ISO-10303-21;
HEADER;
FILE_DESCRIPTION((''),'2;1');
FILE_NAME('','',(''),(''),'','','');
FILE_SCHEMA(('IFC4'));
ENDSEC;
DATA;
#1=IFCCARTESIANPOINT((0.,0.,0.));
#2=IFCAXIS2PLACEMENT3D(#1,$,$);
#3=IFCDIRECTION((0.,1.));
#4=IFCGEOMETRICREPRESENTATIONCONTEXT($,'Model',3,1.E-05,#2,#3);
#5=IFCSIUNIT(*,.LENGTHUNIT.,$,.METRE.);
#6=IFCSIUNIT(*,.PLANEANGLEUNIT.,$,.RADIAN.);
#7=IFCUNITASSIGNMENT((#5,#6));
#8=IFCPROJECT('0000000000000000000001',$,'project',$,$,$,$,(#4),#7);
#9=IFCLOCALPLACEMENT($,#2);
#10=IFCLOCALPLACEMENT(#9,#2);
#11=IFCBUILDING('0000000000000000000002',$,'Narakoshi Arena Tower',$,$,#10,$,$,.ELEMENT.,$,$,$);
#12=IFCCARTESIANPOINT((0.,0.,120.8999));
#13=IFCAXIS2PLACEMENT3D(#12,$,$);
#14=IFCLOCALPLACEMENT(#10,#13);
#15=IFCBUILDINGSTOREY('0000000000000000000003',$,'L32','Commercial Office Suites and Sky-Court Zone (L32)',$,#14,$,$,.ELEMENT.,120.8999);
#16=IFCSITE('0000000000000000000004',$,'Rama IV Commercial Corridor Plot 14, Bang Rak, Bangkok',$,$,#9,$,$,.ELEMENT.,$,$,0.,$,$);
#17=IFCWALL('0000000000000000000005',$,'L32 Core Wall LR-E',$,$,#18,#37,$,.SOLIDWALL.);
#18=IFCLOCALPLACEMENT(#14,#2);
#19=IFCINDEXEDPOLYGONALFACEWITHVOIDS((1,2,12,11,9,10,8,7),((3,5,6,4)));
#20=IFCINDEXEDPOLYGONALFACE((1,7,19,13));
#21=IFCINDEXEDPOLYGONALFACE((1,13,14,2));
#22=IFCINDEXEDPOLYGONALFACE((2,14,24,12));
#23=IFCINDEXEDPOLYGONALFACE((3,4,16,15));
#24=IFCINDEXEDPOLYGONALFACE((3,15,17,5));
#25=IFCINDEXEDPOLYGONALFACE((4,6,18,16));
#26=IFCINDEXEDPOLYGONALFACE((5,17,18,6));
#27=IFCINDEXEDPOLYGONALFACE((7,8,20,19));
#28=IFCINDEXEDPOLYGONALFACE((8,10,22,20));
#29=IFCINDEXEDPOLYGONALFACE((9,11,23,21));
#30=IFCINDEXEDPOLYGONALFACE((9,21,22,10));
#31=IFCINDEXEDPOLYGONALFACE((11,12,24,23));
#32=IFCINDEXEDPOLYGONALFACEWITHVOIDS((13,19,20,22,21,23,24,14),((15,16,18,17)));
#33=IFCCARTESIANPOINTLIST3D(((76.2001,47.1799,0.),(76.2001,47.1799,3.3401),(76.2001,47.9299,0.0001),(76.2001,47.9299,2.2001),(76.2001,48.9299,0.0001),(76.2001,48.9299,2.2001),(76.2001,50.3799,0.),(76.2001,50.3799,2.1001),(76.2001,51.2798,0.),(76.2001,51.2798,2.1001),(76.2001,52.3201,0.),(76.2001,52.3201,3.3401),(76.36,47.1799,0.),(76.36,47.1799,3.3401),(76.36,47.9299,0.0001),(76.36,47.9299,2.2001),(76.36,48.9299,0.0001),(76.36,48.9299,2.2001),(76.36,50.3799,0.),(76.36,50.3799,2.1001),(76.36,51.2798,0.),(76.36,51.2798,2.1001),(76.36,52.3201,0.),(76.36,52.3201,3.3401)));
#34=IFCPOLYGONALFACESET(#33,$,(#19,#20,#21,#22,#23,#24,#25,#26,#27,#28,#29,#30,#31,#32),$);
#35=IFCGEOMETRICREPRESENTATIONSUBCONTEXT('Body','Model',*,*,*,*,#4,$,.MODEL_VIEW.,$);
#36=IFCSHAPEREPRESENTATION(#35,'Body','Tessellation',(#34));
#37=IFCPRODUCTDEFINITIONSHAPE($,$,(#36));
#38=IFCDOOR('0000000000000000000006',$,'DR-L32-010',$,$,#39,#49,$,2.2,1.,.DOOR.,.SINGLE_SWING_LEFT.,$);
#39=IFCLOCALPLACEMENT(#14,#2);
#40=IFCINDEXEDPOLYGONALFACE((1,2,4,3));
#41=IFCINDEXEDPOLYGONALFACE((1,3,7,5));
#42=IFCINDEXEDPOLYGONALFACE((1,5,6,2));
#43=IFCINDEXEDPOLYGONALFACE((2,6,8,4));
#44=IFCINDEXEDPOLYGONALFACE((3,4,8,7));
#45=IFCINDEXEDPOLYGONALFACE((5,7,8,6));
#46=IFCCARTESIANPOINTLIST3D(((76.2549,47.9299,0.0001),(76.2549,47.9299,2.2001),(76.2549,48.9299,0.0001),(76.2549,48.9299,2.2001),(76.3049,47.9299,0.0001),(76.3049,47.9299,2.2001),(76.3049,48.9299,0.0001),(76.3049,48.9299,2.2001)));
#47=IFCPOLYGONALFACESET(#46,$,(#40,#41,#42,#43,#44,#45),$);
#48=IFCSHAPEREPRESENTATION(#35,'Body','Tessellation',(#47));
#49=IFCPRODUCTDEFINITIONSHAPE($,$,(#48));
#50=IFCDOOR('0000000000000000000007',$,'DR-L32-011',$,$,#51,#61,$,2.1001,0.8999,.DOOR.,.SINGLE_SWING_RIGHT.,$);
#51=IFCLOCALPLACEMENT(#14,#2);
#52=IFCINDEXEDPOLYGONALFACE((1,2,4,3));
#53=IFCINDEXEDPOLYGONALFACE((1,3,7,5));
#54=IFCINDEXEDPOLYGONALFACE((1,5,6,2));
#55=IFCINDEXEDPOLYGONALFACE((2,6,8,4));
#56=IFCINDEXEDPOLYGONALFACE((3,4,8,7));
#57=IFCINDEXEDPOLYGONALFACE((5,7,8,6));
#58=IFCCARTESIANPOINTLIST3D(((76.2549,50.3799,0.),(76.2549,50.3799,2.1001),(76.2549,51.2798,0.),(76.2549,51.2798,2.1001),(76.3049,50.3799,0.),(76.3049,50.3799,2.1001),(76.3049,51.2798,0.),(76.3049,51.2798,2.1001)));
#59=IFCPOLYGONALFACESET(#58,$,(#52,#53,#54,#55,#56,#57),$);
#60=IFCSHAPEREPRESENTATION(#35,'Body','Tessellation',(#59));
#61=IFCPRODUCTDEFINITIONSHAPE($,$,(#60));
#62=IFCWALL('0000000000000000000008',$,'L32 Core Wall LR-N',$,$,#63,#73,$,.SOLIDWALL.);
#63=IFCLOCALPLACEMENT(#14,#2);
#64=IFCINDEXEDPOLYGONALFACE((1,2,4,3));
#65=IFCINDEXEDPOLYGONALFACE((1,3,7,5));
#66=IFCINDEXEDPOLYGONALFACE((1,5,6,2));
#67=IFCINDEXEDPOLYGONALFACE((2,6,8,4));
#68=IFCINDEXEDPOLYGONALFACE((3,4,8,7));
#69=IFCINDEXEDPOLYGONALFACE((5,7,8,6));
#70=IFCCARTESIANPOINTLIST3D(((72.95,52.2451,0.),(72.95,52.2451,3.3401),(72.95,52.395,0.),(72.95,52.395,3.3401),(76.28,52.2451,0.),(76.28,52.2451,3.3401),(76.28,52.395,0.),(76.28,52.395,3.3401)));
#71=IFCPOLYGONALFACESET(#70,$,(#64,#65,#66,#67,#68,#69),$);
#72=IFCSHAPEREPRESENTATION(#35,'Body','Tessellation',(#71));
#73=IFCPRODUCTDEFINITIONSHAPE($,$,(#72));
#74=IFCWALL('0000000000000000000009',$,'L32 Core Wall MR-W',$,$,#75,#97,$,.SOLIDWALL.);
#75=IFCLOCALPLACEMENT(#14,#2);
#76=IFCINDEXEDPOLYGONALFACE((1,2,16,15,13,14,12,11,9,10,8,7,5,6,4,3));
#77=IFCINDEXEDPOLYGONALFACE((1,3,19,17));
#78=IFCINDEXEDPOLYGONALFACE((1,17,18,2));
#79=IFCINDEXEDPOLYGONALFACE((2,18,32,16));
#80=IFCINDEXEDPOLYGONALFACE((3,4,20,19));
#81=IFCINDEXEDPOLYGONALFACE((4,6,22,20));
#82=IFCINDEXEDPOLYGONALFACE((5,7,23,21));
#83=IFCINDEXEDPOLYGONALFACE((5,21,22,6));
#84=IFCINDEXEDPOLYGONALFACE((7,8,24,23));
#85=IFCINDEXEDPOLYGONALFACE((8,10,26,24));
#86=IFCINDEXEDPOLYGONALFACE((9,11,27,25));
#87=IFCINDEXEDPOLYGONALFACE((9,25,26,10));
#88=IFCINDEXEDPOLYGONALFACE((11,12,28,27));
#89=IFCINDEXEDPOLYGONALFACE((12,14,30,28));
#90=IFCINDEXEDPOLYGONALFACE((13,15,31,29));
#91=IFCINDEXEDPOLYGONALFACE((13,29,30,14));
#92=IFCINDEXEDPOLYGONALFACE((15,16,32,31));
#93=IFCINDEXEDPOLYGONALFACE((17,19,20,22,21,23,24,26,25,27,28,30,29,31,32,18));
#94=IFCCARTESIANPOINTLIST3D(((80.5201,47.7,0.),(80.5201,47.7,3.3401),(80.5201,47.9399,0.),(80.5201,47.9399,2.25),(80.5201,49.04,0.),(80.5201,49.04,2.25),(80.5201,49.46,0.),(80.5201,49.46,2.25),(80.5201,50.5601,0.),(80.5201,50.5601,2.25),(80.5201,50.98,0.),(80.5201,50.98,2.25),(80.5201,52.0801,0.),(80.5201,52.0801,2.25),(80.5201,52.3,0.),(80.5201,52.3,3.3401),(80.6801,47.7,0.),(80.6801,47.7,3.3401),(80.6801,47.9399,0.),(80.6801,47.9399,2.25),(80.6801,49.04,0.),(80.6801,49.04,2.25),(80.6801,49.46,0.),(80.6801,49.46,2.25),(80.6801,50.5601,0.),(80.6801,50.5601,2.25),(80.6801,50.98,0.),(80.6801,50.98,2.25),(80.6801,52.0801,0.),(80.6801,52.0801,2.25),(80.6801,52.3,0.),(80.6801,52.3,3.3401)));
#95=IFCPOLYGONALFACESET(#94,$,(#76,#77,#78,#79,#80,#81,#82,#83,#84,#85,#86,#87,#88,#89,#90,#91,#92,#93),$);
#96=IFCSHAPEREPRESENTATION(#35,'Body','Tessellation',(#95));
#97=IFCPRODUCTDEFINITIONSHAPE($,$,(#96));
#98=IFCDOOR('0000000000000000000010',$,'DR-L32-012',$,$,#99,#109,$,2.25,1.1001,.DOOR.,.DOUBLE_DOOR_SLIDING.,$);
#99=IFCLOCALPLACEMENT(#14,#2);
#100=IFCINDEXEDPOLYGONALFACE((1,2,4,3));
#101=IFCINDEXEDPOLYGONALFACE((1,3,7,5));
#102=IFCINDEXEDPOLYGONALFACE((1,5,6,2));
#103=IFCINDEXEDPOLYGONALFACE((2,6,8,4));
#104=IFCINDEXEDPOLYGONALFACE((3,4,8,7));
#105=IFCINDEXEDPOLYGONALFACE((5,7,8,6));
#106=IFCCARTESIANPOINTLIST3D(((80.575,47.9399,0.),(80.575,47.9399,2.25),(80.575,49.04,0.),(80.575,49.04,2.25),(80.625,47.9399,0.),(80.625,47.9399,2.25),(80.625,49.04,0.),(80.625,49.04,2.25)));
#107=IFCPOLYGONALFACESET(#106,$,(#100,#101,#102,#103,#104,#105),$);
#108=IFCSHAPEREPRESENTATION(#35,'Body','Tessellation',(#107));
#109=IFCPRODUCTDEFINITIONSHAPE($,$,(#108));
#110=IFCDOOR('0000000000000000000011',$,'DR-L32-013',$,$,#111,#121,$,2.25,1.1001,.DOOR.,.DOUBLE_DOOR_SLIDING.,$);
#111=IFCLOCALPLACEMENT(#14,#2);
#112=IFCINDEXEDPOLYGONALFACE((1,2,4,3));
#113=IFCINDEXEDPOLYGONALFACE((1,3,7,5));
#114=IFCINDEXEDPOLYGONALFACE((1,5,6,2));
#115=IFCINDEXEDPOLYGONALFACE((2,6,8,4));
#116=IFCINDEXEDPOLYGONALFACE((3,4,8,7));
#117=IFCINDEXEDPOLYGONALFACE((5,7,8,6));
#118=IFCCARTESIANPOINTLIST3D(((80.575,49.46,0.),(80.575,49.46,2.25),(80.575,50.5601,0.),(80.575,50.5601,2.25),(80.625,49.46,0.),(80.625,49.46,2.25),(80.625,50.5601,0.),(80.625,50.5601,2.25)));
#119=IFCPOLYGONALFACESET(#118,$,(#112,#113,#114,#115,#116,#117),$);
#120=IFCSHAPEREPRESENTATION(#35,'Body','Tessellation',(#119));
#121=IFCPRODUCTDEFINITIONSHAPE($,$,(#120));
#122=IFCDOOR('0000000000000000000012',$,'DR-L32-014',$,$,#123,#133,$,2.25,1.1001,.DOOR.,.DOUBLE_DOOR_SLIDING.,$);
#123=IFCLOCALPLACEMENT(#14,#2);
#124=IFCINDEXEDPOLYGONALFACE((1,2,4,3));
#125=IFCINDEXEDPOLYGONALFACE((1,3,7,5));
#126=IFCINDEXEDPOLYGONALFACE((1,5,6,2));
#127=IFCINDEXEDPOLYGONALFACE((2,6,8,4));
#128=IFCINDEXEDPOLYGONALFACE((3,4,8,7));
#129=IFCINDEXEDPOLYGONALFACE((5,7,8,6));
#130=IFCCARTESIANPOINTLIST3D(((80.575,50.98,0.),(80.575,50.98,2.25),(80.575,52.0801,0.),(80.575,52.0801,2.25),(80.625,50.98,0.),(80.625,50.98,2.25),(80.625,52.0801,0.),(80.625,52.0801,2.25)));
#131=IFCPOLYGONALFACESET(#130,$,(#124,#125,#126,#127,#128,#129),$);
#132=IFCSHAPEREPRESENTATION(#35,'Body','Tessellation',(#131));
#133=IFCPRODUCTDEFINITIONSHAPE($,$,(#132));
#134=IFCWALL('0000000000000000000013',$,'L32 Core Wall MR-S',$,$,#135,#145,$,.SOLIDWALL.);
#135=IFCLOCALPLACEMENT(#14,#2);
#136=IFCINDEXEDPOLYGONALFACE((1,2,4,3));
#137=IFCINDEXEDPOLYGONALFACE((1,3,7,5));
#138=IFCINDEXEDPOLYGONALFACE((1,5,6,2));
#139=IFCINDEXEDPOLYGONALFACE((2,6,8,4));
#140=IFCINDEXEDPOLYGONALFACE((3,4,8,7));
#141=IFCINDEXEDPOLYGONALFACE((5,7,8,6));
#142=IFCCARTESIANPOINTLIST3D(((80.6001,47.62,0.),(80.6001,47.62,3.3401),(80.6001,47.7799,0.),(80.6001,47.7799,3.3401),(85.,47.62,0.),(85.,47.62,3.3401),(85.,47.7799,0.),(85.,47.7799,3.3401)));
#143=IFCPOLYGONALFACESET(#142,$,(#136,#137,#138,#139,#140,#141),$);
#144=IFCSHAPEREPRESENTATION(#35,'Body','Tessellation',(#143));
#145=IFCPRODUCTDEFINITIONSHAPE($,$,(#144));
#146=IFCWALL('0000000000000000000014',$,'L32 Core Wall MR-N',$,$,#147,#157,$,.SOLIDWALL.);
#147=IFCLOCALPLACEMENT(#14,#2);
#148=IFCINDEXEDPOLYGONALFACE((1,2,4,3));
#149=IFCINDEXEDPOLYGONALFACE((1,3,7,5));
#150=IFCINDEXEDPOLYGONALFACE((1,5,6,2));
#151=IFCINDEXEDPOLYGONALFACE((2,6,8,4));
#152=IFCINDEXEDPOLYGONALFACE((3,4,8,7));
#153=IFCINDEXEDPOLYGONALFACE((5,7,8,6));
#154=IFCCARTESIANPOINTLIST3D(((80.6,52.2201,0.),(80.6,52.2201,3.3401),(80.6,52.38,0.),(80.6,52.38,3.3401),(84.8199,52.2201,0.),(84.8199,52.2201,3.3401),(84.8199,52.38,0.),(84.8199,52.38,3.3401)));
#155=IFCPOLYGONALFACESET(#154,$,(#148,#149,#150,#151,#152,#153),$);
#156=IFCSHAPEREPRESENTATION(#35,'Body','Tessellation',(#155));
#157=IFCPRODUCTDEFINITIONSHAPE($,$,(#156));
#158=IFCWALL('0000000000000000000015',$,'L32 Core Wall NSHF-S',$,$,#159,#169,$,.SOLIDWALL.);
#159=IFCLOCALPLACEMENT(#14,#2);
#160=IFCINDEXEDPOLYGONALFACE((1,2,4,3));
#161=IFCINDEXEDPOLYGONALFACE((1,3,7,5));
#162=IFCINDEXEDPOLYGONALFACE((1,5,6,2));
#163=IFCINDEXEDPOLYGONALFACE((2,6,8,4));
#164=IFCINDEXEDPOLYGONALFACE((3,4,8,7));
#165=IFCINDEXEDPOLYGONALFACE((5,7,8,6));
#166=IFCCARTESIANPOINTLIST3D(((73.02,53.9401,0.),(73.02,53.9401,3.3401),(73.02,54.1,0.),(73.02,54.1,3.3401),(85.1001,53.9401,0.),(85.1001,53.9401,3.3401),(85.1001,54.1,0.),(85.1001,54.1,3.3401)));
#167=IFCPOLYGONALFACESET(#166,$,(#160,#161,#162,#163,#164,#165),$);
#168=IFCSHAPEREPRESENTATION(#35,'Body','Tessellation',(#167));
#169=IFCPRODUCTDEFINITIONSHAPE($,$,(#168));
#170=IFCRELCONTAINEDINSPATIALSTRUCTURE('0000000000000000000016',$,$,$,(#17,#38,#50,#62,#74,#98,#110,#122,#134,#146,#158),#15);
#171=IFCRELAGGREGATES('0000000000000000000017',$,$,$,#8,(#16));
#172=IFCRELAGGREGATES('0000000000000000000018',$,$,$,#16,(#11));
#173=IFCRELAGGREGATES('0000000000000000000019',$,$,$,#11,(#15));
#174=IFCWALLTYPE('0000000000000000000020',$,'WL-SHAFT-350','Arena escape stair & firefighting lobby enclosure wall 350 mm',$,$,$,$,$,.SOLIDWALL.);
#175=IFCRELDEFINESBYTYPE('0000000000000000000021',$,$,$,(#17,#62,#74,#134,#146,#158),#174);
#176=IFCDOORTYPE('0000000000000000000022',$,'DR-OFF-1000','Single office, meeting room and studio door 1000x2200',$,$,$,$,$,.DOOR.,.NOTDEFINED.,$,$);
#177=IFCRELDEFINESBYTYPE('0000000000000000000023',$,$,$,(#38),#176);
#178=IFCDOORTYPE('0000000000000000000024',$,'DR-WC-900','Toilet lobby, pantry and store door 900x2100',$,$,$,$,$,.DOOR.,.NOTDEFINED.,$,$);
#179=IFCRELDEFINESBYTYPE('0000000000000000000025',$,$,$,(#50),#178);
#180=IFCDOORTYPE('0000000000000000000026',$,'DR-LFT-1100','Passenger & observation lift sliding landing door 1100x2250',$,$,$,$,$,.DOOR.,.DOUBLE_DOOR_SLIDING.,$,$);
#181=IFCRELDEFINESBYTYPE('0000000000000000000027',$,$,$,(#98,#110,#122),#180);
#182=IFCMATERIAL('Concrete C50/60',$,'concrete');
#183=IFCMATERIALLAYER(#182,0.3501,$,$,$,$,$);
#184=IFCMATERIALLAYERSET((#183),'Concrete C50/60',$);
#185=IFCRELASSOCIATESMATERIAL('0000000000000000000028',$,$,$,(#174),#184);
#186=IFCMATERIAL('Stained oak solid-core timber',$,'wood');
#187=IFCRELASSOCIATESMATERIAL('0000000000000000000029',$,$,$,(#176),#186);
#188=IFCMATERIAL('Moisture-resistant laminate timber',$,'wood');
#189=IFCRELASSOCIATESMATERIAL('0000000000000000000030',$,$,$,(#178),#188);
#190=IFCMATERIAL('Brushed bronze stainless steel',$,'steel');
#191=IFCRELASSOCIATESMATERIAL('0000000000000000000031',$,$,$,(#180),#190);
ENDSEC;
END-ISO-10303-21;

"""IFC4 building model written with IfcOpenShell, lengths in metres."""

from ifc_helpers import new_model, si_unit, direction, frame, frame_2d, origin, place, context, subcontext, project, spatial, rectangle, extrude, material, layer, layer_set, type_object, element, fill, save


model = new_model("IFC4")

# Units and contexts
model_context = context("Model", 3, precision=1e-05, world=origin(), true_north=direction((0.0, 1.0)))
body_context = subcontext(model_context, "Body", "Model", "MODEL_VIEW")
ifc_project = project(units=[si_unit("LENGTHUNIT", "METRE"), si_unit("PLANEANGLEUNIT", "RADIAN")], contexts=[model_context])

# Site, building, storey
site_placement = place(None, origin())
site = spatial("IfcSite", under=ifc_project, at=site_placement, Name="Rama IV Commercial Corridor Plot 14, Bang Rak, Bangkok", CompositionType="ELEMENT", RefElevation=0.0)
building_placement = place(site_placement, origin())
building = spatial("IfcBuilding", under=site, at=building_placement, Name="Narakoshi Arena Tower", CompositionType="ELEMENT")
storey_placement = place(building_placement, frame((0.0, 0.0, 120.8999)))
storey = spatial("IfcBuildingStorey", under=building, at=storey_placement, Name="L32", Description="Commercial Office Suites and Sky-Court Zone (L32)", CompositionType="ELEMENT", Elevation=120.8999)

# Shared definitions
ifc_material_1 = material(Name="Concrete C50/60", Category="concrete")
ifc_layer_1 = layer(ifc_material_1, 0.3501)
ifc_layer_set_1 = layer_set([ifc_layer_1], Name="Concrete C50/60")
wall_type_1 = type_object("IfcWallType", Name="WL-SHAFT-350", Description="Arena escape stair & firefighting lobby enclosure wall 350 mm", PredefinedType="SOLIDWALL", material=ifc_layer_set_1)

# Wall, openings, doors
wall_1_placement = place(storey_placement, frame((76.28, 47.1799, 0.0), z_axis=(0.0, 0.0, 1.0), x_axis=(0.0, 1.0, 0.0)))
wall_1 = element("IfcWall", 1, at=wall_1_placement, inside=storey, type_object=wall_type_1, Name="L32 Core Wall LR-E", PredefinedType="SOLIDWALL", context=body_context, shape_type="SweptSolid", body=[
    extrude(rectangle(XDim=5.1401, YDim=0.1599, at=frame_2d((2.5701, 0.0))), origin(), (0.0, 0.0, 1.0), 3.3401),
])
opening_1_placement = place(wall_1_placement, frame((0.75, 0.0, 0.0)))
opening_1 = element("IfcOpeningElement", 2, at=opening_1_placement, cuts=wall_1, PredefinedType="OPENING", context=body_context, shape_type="SweptSolid", body=[
    extrude(rectangle(XDim=1.0, YDim=2.2, at=frame_2d((0.5, 1.1001))), frame((0.0, 0.0898, 0.0), z_axis=(0.0, -1.0, 0.0), x_axis=(1.0, 0.0, 0.0)), (0.0, 0.0, 1.0), 0.1799),
])
opening_2_placement = place(wall_1_placement, frame((3.2, 0.0, 0.0)))
opening_2 = element("IfcOpeningElement", 3, at=opening_2_placement, cuts=wall_1, PredefinedType="OPENING", context=body_context, shape_type="SweptSolid", body=[
    extrude(rectangle(XDim=0.8999, YDim=2.1001, at=frame_2d((0.45, 1.05))), frame((0.0, 0.0898, 0.0), z_axis=(0.0, -1.0, 0.0), x_axis=(1.0, 0.0, 0.0)), (0.0, 0.0, 1.0), 0.1799),
])
ifc_material_2 = material(Name="Stained oak solid-core timber", Category="wood")
door_type_1 = type_object("IfcDoorType", Name="DR-OFF-1000", Description="Single office, meeting room and studio door 1000x2200", OperationType="NOTDEFINED", PredefinedType="DOOR", material=ifc_material_2)
door_1_placement = place(opening_1_placement, frame((1.0, 0.0, 0.0), z_axis=(0.0, 0.0, 1.0), x_axis=(-1.0, 0.0, 0.0)))
door_1 = element("IfcDoor", 4, at=door_1_placement, inside=storey, type_object=door_type_1, Name="DR-L32-010", OperationType="SINGLE_SWING_LEFT", OverallHeight=2.2, OverallWidth=1.0, PredefinedType="DOOR", context=body_context, shape_type="SweptSolid", body=[
    extrude(rectangle(XDim=1.0, YDim=2.2, at=frame_2d((0.5, 1.1001))), frame((0.0, 0.0249, 0.0), z_axis=(0.0, -1.0, 0.0), x_axis=(1.0, 0.0, 0.0)), (0.0, 0.0, 1.0), 0.05),
])
fill(opening_1, door_1)
ifc_material_3 = material(Name="Moisture-resistant laminate timber", Category="wood")
door_type_2 = type_object("IfcDoorType", Name="DR-WC-900", Description="Toilet lobby, pantry and store door 900x2100", OperationType="NOTDEFINED", PredefinedType="DOOR", material=ifc_material_3)
door_2_placement = place(opening_2_placement, frame((0.8999, 0.0, 0.0), z_axis=(0.0, 0.0, 1.0), x_axis=(-1.0, 0.0, 0.0)))
door_2 = element("IfcDoor", 5, at=door_2_placement, inside=storey, type_object=door_type_2, Name="DR-L32-011", OperationType="SINGLE_SWING_RIGHT", OverallHeight=2.1001, OverallWidth=0.8999, PredefinedType="DOOR", context=body_context, shape_type="SweptSolid", body=[
    extrude(rectangle(XDim=0.8999, YDim=2.1001, at=frame_2d((0.45, 1.05))), frame((0.0, 0.0249, 0.0), z_axis=(0.0, -1.0, 0.0), x_axis=(1.0, 0.0, 0.0)), (0.0, 0.0, 1.0), 0.05),
])
fill(opening_2, door_2)

# Wall
wall_2_placement = place(storey_placement, frame((72.95, 52.3201, 0.0), z_axis=(0.0, 0.0, 1.0), x_axis=(1.0, 0.0, 0.0)))
element("IfcWall", 6, at=wall_2_placement, inside=storey, type_object=wall_type_1, Name="L32 Core Wall LR-N", PredefinedType="SOLIDWALL", context=body_context, shape_type="SweptSolid", body=[
    extrude(rectangle(XDim=3.3301, YDim=0.1499, at=frame_2d((1.665, 0.0))), origin(), (0.0, 0.0, 1.0), 3.3401),
])

# Wall, openings, doors
wall_3_placement = place(storey_placement, frame((80.6001, 47.7, 0.0), z_axis=(0.0, 0.0, 1.0), x_axis=(0.0, 1.0, 0.0)))
wall_3 = element("IfcWall", 7, at=wall_3_placement, inside=storey, type_object=wall_type_1, Name="L32 Core Wall MR-W", PredefinedType="SOLIDWALL", context=body_context, shape_type="SweptSolid", body=[
    extrude(rectangle(XDim=4.6001, YDim=0.1599, at=frame_2d((2.3, 0.0))), origin(), (0.0, 0.0, 1.0), 3.3401),
])
opening_3_placement = place(wall_3_placement, frame((0.24, 0.0, 0.0)))
opening_3 = element("IfcOpeningElement", 8, at=opening_3_placement, cuts=wall_3, PredefinedType="OPENING", context=body_context, shape_type="SweptSolid", body=[
    extrude(rectangle(XDim=1.1001, YDim=2.25, at=frame_2d((0.55, 1.125))), frame((0.0, 0.0898, 0.0), z_axis=(0.0, -1.0, 0.0), x_axis=(1.0, 0.0, 0.0)), (0.0, 0.0, 1.0), 0.1799),
])
opening_4_placement = place(wall_3_placement, frame((1.76, 0.0, 0.0)))
opening_4 = element("IfcOpeningElement", 9, at=opening_4_placement, cuts=wall_3, PredefinedType="OPENING", context=body_context, shape_type="SweptSolid", body=[
    extrude(rectangle(XDim=1.1001, YDim=2.25, at=frame_2d((0.55, 1.125))), frame((0.0, 0.0898, 0.0), z_axis=(0.0, -1.0, 0.0), x_axis=(1.0, 0.0, 0.0)), (0.0, 0.0, 1.0), 0.1799),
])
opening_5_placement = place(wall_3_placement, frame((3.28, 0.0, 0.0)))
opening_5 = element("IfcOpeningElement", 10, at=opening_5_placement, cuts=wall_3, PredefinedType="OPENING", context=body_context, shape_type="SweptSolid", body=[
    extrude(rectangle(XDim=1.1001, YDim=2.25, at=frame_2d((0.55, 1.125))), frame((0.0, 0.0898, 0.0), z_axis=(0.0, -1.0, 0.0), x_axis=(1.0, 0.0, 0.0)), (0.0, 0.0, 1.0), 0.1799),
])
ifc_material_4 = material(Name="Brushed bronze stainless steel", Category="steel")
door_type_3 = type_object("IfcDoorType", Name="DR-LFT-1100", Description="Passenger & observation lift sliding landing door 1100x2250", OperationType="DOUBLE_DOOR_SLIDING", PredefinedType="DOOR", material=ifc_material_4)
door_3_placement = place(opening_3_placement, frame((1.1001, 0.0, 0.0), z_axis=(0.0, 0.0, 1.0), x_axis=(-1.0, 0.0, 0.0)))
door_3 = element("IfcDoor", 11, at=door_3_placement, inside=storey, type_object=door_type_3, Name="DR-L32-012", OperationType="DOUBLE_DOOR_SLIDING", OverallHeight=2.25, OverallWidth=1.1001, PredefinedType="DOOR", context=body_context, shape_type="SweptSolid", body=[
    extrude(rectangle(XDim=1.1001, YDim=2.25, at=frame_2d((0.55, 1.125))), frame((0.0, 0.0249, 0.0), z_axis=(0.0, -1.0, 0.0), x_axis=(1.0, 0.0, 0.0)), (0.0, 0.0, 1.0), 0.05),
])
fill(opening_3, door_3)
door_4_placement = place(opening_4_placement, frame((1.1001, 0.0, 0.0), z_axis=(0.0, 0.0, 1.0), x_axis=(-1.0, 0.0, 0.0)))
door_4 = element("IfcDoor", 12, at=door_4_placement, inside=storey, type_object=door_type_3, Name="DR-L32-013", OperationType="DOUBLE_DOOR_SLIDING", OverallHeight=2.25, OverallWidth=1.1001, PredefinedType="DOOR", context=body_context, shape_type="SweptSolid", body=[
    extrude(rectangle(XDim=1.1001, YDim=2.25, at=frame_2d((0.55, 1.125))), frame((0.0, 0.0249, 0.0), z_axis=(0.0, -1.0, 0.0), x_axis=(1.0, 0.0, 0.0)), (0.0, 0.0, 1.0), 0.05),
])
fill(opening_4, door_4)
door_5_placement = place(opening_5_placement, frame((1.1001, 0.0, 0.0), z_axis=(0.0, 0.0, 1.0), x_axis=(-1.0, 0.0, 0.0)))
door_5 = element("IfcDoor", 13, at=door_5_placement, inside=storey, type_object=door_type_3, Name="DR-L32-014", OperationType="DOUBLE_DOOR_SLIDING", OverallHeight=2.25, OverallWidth=1.1001, PredefinedType="DOOR", context=body_context, shape_type="SweptSolid", body=[
    extrude(rectangle(XDim=1.1001, YDim=2.25, at=frame_2d((0.55, 1.125))), frame((0.0, 0.0249, 0.0), z_axis=(0.0, -1.0, 0.0), x_axis=(1.0, 0.0, 0.0)), (0.0, 0.0, 1.0), 0.05),
])
fill(opening_5, door_5)

# Walls
wall_4_placement = place(storey_placement, frame((80.6001, 47.7, 0.0), z_axis=(0.0, 0.0, 1.0), x_axis=(1.0, 0.0, 0.0)))
element("IfcWall", 14, at=wall_4_placement, inside=storey, type_object=wall_type_1, Name="L32 Core Wall MR-S", PredefinedType="SOLIDWALL", context=body_context, shape_type="SweptSolid", body=[
    extrude(rectangle(XDim=4.3999, YDim=0.1599, at=frame_2d((2.2, 0.0))), origin(), (0.0, 0.0, 1.0), 3.3401),
])
wall_5_placement = place(storey_placement, frame((80.6001, 52.3, 0.0), z_axis=(0.0, 0.0, 1.0), x_axis=(1.0, 0.0, 0.0)))
element("IfcWall", 15, at=wall_5_placement, inside=storey, type_object=wall_type_1, Name="L32 Core Wall MR-N", PredefinedType="SOLIDWALL", context=body_context, shape_type="SweptSolid", body=[
    extrude(rectangle(XDim=4.22, YDim=0.1599, at=frame_2d((2.1099, 0.0))), origin(), (0.0, 0.0, 1.0), 3.3401),
])
wall_6_placement = place(storey_placement, frame((73.02, 54.02, 0.0), z_axis=(0.0, 0.0, 1.0), x_axis=(1.0, 0.0, 0.0)))
element("IfcWall", 16, at=wall_6_placement, inside=storey, type_object=wall_type_1, Name="L32 Core Wall NSHF-S", PredefinedType="SOLIDWALL", context=body_context, shape_type="SweptSolid", body=[
    extrude(rectangle(XDim=12.0801, YDim=0.1599, at=frame_2d((6.04, 0.0))), origin(), (0.0, 0.0, 1.0), 3.3401),
])

save(model, "model.ifc")
